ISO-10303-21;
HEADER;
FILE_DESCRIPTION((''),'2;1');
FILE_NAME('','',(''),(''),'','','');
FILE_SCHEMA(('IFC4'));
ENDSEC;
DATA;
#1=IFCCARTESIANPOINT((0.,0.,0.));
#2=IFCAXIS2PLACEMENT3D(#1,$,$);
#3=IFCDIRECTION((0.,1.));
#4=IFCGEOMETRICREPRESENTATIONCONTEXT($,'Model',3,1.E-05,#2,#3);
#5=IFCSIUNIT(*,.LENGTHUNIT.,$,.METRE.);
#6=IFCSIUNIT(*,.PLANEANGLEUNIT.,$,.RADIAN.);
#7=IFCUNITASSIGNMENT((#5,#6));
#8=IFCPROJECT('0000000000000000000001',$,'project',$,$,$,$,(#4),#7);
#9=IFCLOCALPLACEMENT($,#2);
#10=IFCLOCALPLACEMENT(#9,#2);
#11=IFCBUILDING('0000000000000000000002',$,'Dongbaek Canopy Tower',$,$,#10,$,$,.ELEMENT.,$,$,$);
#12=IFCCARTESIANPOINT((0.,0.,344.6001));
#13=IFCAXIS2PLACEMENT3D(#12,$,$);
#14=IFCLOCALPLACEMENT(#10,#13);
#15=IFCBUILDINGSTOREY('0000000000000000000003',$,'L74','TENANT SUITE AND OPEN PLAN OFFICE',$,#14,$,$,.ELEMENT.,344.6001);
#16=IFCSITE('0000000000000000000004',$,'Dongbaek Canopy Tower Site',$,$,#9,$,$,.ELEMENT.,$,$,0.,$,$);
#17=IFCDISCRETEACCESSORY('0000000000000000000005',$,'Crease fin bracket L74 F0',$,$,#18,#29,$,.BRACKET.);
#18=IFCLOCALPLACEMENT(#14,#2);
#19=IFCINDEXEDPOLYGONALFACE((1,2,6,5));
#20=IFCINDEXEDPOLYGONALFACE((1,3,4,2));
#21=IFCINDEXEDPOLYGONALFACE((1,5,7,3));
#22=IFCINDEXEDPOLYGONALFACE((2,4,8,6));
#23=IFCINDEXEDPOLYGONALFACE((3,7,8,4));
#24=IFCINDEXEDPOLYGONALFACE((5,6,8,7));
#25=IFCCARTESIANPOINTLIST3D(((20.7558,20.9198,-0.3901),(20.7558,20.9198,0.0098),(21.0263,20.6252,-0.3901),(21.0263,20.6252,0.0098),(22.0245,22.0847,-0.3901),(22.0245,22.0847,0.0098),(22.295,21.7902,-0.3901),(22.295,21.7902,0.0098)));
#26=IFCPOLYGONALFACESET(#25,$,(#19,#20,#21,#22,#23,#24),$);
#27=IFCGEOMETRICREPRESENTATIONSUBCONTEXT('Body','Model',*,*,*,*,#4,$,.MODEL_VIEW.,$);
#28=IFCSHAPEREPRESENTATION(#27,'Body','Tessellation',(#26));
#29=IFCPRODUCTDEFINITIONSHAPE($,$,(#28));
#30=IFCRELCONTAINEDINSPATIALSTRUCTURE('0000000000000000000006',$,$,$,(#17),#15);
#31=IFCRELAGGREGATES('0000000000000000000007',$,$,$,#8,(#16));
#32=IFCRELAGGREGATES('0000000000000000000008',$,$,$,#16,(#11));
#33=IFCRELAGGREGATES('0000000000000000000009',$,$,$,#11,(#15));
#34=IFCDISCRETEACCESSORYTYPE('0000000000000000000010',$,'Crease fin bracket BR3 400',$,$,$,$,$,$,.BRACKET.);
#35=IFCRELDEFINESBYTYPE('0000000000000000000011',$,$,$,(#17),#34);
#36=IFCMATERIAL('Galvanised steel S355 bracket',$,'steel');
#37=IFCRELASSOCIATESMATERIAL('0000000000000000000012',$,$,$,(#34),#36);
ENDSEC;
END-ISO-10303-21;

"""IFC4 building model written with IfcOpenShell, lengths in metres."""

from ifc_helpers import new_model, si_unit, direction, frame, origin, origin_2d, place, context, subcontext, project, spatial, rectangle, extrude, material, type_object, element, save


model = new_model("IFC4")

# Units and contexts
model_context = context("Model", 3, precision=1e-05, world=origin(), true_north=direction((0.0, 1.0)))
body_context = subcontext(model_context, "Body", "Model", "MODEL_VIEW")
ifc_project = project(units=[si_unit("LENGTHUNIT", "METRE"), si_unit("PLANEANGLEUNIT", "RADIAN")], contexts=[model_context])

# Site, building, storey
site_placement = place(None, origin())
site = spatial("IfcSite", under=ifc_project, at=site_placement, Name="Dongbaek Canopy Tower Site", CompositionType="ELEMENT", RefElevation=0.0)
building_placement = place(site_placement, origin())
building = spatial("IfcBuilding", under=site, at=building_placement, Name="Dongbaek Canopy Tower", CompositionType="ELEMENT")
storey_placement = place(building_placement, frame((0.0, 0.0, 344.6001)))
storey = spatial("IfcBuildingStorey", under=building, at=storey_placement, Name="L74", Description="TENANT SUITE AND OPEN PLAN OFFICE", CompositionType="ELEMENT", Elevation=344.6001)

# Discrete accessory
ifc_material_1 = material(Name="Galvanised steel S355 bracket", Category="steel")
discrete_accessory_type = type_object("IfcDiscreteAccessoryType", Name="Crease fin bracket BR3 400", PredefinedType="BRACKET", material=ifc_material_1)
discrete_accessory_placement = place(storey_placement, frame((21.5254, 21.355, -0.3901), z_axis=(0.0, 0.0, 1.0), x_axis=(0.736567, 0.676364, 0.0)))
element("IfcDiscreteAccessory", 1, at=discrete_accessory_placement, inside=storey, type_object=discrete_accessory_type, Name="Crease fin bracket L74 F0", PredefinedType="BRACKET", context=body_context, shape_type="SweptSolid", body=[
    extrude(rectangle(XDim=1.7224, YDim=0.3999, at=origin_2d()), origin(), (0.0, 0.0, 1.0), 0.3999),
])

save(model, "model.ifc")
